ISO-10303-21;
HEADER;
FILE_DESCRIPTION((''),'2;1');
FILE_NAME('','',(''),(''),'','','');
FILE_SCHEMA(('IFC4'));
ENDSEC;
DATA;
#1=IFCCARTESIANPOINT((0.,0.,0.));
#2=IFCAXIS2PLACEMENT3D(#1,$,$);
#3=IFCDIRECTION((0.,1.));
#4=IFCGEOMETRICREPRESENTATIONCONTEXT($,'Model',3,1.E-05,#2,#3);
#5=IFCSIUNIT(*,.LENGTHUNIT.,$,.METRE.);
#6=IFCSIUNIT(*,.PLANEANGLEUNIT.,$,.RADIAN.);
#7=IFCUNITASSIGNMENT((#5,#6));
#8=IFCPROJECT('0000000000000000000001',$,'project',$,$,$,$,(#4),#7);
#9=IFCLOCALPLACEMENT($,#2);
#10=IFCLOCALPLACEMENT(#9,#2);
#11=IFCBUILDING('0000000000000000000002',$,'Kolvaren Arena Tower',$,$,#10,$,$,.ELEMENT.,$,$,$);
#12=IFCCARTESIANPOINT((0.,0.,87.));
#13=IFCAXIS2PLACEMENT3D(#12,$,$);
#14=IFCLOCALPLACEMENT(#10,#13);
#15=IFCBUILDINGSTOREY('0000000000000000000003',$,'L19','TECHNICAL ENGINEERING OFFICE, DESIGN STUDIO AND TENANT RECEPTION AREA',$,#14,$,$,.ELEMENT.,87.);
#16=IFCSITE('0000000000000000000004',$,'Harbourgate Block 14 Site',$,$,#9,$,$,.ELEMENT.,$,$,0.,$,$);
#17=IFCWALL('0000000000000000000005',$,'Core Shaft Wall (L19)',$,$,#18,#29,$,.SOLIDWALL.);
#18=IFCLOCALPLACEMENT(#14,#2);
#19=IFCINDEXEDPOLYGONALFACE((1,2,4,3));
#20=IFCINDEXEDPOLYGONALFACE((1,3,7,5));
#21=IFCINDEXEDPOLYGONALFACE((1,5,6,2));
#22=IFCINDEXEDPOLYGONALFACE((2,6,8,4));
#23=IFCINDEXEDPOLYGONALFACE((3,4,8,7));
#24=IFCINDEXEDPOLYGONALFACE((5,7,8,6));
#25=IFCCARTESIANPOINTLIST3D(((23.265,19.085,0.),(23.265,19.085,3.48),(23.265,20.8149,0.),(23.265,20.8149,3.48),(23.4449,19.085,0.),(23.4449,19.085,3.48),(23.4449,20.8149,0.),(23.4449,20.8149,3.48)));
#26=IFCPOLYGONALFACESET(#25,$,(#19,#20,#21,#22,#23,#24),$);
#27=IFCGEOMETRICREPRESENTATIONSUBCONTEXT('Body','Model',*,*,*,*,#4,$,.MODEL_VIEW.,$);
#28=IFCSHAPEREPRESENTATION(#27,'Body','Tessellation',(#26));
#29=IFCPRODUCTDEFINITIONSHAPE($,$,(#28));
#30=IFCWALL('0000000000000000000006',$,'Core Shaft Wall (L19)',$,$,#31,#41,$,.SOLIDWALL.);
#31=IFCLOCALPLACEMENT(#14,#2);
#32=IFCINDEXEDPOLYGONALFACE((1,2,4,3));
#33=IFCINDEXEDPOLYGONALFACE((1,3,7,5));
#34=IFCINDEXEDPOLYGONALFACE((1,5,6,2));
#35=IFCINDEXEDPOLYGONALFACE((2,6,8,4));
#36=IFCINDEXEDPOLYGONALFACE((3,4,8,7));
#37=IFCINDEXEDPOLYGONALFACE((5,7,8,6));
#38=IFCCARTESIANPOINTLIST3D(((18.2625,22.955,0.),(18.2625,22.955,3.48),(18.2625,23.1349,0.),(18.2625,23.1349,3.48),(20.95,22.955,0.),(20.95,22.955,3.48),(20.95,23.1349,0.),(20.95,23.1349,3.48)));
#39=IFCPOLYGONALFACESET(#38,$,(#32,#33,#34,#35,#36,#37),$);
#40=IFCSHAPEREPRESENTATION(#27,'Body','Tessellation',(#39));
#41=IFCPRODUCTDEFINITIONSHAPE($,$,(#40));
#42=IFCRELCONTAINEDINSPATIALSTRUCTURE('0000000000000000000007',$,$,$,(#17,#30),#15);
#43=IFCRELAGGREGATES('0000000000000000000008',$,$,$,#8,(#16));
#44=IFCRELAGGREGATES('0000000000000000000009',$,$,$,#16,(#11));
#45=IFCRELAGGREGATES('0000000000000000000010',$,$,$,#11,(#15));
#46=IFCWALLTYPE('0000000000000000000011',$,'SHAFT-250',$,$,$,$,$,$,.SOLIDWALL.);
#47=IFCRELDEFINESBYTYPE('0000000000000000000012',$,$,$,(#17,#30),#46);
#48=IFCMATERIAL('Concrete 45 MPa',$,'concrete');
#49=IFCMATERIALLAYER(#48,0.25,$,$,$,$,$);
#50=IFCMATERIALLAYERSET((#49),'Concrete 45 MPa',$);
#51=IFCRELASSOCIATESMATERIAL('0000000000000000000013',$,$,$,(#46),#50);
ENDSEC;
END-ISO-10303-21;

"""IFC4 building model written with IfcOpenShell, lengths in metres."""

from ifc_helpers import new_model, si_unit, direction, frame, frame_2d, origin, place, context, subcontext, project, spatial, rectangle, extrude, material, layer, layer_set, type_object, element, save


model = new_model("IFC4")

# Units and contexts
model_context = context("Model", 3, precision=1e-05, world=origin(), true_north=direction((0.0, 1.0)))
body_context = subcontext(model_context, "Body", "Model", "MODEL_VIEW")
ifc_project = project(units=[si_unit("LENGTHUNIT", "METRE"), si_unit("PLANEANGLEUNIT", "RADIAN")], contexts=[model_context])

# Site, building, storey
site_placement = place(None, origin())
site = spatial("IfcSite", under=ifc_project, at=site_placement, Name="Harbourgate Block 14 Site", CompositionType="ELEMENT", RefElevation=0.0)
building_placement = place(site_placement, origin())
building = spatial("IfcBuilding", under=site, at=building_placement, Name="Kolvaren Arena Tower", CompositionType="ELEMENT")
storey_placement = place(building_placement, frame((0.0, 0.0, 87.0)))
storey = spatial("IfcBuildingStorey", under=building, at=storey_placement, Name="L19", Description="TECHNICAL ENGINEERING OFFICE, DESIGN STUDIO AND TENANT RECEPTION AREA", CompositionType="ELEMENT", Elevation=87.0)

# Walls
ifc_material_1 = material(Name="Concrete 45 MPa", Category="concrete")
ifc_layer_1 = layer(ifc_material_1, 0.25)
ifc_layer_set_1 = layer_set([ifc_layer_1], Name="Concrete 45 MPa")
wall_type_1 = type_object("IfcWallType", Name="SHAFT-250", PredefinedType="SOLIDWALL", material=ifc_layer_set_1)
for number, where, z_axis, x_axis, name in (
    (1, (23.355, 19.085, 0.0), (0.0, 0.0, 1.0), (0.0, 1.0, 0.0), "Core Shaft Wall (L19)"),
):
    element("IfcWall", number, at=place(storey_placement, frame(where, z_axis=z_axis, x_axis=x_axis)), inside=storey, type_object=wall_type_1, Name=name, PredefinedType="SOLIDWALL", context=body_context, shape_type="SweptSolid", body=[
        extrude(rectangle(XDim=1.73, YDim=0.1799, at=frame_2d((0.865, 0.0))), origin(), (0.0, 0.0, 1.0), 3.48),
    ])
wall_1_placement = place(storey_placement, frame((18.2625, 23.0449, 0.0), z_axis=(0.0, 0.0, 1.0), x_axis=(1.0, 0.0, 0.0)))
element("IfcWall", 2, at=wall_1_placement, inside=storey, type_object=wall_type_1, Name="Core Shaft Wall (L19)", PredefinedType="SOLIDWALL", context=body_context, shape_type="SweptSolid", body=[
    extrude(rectangle(XDim=2.6875, YDim=0.1799, at=frame_2d((1.3438, 0.0))), origin(), (0.0, 0.0, 1.0), 3.48),
])

save(model, "model.ifc")
